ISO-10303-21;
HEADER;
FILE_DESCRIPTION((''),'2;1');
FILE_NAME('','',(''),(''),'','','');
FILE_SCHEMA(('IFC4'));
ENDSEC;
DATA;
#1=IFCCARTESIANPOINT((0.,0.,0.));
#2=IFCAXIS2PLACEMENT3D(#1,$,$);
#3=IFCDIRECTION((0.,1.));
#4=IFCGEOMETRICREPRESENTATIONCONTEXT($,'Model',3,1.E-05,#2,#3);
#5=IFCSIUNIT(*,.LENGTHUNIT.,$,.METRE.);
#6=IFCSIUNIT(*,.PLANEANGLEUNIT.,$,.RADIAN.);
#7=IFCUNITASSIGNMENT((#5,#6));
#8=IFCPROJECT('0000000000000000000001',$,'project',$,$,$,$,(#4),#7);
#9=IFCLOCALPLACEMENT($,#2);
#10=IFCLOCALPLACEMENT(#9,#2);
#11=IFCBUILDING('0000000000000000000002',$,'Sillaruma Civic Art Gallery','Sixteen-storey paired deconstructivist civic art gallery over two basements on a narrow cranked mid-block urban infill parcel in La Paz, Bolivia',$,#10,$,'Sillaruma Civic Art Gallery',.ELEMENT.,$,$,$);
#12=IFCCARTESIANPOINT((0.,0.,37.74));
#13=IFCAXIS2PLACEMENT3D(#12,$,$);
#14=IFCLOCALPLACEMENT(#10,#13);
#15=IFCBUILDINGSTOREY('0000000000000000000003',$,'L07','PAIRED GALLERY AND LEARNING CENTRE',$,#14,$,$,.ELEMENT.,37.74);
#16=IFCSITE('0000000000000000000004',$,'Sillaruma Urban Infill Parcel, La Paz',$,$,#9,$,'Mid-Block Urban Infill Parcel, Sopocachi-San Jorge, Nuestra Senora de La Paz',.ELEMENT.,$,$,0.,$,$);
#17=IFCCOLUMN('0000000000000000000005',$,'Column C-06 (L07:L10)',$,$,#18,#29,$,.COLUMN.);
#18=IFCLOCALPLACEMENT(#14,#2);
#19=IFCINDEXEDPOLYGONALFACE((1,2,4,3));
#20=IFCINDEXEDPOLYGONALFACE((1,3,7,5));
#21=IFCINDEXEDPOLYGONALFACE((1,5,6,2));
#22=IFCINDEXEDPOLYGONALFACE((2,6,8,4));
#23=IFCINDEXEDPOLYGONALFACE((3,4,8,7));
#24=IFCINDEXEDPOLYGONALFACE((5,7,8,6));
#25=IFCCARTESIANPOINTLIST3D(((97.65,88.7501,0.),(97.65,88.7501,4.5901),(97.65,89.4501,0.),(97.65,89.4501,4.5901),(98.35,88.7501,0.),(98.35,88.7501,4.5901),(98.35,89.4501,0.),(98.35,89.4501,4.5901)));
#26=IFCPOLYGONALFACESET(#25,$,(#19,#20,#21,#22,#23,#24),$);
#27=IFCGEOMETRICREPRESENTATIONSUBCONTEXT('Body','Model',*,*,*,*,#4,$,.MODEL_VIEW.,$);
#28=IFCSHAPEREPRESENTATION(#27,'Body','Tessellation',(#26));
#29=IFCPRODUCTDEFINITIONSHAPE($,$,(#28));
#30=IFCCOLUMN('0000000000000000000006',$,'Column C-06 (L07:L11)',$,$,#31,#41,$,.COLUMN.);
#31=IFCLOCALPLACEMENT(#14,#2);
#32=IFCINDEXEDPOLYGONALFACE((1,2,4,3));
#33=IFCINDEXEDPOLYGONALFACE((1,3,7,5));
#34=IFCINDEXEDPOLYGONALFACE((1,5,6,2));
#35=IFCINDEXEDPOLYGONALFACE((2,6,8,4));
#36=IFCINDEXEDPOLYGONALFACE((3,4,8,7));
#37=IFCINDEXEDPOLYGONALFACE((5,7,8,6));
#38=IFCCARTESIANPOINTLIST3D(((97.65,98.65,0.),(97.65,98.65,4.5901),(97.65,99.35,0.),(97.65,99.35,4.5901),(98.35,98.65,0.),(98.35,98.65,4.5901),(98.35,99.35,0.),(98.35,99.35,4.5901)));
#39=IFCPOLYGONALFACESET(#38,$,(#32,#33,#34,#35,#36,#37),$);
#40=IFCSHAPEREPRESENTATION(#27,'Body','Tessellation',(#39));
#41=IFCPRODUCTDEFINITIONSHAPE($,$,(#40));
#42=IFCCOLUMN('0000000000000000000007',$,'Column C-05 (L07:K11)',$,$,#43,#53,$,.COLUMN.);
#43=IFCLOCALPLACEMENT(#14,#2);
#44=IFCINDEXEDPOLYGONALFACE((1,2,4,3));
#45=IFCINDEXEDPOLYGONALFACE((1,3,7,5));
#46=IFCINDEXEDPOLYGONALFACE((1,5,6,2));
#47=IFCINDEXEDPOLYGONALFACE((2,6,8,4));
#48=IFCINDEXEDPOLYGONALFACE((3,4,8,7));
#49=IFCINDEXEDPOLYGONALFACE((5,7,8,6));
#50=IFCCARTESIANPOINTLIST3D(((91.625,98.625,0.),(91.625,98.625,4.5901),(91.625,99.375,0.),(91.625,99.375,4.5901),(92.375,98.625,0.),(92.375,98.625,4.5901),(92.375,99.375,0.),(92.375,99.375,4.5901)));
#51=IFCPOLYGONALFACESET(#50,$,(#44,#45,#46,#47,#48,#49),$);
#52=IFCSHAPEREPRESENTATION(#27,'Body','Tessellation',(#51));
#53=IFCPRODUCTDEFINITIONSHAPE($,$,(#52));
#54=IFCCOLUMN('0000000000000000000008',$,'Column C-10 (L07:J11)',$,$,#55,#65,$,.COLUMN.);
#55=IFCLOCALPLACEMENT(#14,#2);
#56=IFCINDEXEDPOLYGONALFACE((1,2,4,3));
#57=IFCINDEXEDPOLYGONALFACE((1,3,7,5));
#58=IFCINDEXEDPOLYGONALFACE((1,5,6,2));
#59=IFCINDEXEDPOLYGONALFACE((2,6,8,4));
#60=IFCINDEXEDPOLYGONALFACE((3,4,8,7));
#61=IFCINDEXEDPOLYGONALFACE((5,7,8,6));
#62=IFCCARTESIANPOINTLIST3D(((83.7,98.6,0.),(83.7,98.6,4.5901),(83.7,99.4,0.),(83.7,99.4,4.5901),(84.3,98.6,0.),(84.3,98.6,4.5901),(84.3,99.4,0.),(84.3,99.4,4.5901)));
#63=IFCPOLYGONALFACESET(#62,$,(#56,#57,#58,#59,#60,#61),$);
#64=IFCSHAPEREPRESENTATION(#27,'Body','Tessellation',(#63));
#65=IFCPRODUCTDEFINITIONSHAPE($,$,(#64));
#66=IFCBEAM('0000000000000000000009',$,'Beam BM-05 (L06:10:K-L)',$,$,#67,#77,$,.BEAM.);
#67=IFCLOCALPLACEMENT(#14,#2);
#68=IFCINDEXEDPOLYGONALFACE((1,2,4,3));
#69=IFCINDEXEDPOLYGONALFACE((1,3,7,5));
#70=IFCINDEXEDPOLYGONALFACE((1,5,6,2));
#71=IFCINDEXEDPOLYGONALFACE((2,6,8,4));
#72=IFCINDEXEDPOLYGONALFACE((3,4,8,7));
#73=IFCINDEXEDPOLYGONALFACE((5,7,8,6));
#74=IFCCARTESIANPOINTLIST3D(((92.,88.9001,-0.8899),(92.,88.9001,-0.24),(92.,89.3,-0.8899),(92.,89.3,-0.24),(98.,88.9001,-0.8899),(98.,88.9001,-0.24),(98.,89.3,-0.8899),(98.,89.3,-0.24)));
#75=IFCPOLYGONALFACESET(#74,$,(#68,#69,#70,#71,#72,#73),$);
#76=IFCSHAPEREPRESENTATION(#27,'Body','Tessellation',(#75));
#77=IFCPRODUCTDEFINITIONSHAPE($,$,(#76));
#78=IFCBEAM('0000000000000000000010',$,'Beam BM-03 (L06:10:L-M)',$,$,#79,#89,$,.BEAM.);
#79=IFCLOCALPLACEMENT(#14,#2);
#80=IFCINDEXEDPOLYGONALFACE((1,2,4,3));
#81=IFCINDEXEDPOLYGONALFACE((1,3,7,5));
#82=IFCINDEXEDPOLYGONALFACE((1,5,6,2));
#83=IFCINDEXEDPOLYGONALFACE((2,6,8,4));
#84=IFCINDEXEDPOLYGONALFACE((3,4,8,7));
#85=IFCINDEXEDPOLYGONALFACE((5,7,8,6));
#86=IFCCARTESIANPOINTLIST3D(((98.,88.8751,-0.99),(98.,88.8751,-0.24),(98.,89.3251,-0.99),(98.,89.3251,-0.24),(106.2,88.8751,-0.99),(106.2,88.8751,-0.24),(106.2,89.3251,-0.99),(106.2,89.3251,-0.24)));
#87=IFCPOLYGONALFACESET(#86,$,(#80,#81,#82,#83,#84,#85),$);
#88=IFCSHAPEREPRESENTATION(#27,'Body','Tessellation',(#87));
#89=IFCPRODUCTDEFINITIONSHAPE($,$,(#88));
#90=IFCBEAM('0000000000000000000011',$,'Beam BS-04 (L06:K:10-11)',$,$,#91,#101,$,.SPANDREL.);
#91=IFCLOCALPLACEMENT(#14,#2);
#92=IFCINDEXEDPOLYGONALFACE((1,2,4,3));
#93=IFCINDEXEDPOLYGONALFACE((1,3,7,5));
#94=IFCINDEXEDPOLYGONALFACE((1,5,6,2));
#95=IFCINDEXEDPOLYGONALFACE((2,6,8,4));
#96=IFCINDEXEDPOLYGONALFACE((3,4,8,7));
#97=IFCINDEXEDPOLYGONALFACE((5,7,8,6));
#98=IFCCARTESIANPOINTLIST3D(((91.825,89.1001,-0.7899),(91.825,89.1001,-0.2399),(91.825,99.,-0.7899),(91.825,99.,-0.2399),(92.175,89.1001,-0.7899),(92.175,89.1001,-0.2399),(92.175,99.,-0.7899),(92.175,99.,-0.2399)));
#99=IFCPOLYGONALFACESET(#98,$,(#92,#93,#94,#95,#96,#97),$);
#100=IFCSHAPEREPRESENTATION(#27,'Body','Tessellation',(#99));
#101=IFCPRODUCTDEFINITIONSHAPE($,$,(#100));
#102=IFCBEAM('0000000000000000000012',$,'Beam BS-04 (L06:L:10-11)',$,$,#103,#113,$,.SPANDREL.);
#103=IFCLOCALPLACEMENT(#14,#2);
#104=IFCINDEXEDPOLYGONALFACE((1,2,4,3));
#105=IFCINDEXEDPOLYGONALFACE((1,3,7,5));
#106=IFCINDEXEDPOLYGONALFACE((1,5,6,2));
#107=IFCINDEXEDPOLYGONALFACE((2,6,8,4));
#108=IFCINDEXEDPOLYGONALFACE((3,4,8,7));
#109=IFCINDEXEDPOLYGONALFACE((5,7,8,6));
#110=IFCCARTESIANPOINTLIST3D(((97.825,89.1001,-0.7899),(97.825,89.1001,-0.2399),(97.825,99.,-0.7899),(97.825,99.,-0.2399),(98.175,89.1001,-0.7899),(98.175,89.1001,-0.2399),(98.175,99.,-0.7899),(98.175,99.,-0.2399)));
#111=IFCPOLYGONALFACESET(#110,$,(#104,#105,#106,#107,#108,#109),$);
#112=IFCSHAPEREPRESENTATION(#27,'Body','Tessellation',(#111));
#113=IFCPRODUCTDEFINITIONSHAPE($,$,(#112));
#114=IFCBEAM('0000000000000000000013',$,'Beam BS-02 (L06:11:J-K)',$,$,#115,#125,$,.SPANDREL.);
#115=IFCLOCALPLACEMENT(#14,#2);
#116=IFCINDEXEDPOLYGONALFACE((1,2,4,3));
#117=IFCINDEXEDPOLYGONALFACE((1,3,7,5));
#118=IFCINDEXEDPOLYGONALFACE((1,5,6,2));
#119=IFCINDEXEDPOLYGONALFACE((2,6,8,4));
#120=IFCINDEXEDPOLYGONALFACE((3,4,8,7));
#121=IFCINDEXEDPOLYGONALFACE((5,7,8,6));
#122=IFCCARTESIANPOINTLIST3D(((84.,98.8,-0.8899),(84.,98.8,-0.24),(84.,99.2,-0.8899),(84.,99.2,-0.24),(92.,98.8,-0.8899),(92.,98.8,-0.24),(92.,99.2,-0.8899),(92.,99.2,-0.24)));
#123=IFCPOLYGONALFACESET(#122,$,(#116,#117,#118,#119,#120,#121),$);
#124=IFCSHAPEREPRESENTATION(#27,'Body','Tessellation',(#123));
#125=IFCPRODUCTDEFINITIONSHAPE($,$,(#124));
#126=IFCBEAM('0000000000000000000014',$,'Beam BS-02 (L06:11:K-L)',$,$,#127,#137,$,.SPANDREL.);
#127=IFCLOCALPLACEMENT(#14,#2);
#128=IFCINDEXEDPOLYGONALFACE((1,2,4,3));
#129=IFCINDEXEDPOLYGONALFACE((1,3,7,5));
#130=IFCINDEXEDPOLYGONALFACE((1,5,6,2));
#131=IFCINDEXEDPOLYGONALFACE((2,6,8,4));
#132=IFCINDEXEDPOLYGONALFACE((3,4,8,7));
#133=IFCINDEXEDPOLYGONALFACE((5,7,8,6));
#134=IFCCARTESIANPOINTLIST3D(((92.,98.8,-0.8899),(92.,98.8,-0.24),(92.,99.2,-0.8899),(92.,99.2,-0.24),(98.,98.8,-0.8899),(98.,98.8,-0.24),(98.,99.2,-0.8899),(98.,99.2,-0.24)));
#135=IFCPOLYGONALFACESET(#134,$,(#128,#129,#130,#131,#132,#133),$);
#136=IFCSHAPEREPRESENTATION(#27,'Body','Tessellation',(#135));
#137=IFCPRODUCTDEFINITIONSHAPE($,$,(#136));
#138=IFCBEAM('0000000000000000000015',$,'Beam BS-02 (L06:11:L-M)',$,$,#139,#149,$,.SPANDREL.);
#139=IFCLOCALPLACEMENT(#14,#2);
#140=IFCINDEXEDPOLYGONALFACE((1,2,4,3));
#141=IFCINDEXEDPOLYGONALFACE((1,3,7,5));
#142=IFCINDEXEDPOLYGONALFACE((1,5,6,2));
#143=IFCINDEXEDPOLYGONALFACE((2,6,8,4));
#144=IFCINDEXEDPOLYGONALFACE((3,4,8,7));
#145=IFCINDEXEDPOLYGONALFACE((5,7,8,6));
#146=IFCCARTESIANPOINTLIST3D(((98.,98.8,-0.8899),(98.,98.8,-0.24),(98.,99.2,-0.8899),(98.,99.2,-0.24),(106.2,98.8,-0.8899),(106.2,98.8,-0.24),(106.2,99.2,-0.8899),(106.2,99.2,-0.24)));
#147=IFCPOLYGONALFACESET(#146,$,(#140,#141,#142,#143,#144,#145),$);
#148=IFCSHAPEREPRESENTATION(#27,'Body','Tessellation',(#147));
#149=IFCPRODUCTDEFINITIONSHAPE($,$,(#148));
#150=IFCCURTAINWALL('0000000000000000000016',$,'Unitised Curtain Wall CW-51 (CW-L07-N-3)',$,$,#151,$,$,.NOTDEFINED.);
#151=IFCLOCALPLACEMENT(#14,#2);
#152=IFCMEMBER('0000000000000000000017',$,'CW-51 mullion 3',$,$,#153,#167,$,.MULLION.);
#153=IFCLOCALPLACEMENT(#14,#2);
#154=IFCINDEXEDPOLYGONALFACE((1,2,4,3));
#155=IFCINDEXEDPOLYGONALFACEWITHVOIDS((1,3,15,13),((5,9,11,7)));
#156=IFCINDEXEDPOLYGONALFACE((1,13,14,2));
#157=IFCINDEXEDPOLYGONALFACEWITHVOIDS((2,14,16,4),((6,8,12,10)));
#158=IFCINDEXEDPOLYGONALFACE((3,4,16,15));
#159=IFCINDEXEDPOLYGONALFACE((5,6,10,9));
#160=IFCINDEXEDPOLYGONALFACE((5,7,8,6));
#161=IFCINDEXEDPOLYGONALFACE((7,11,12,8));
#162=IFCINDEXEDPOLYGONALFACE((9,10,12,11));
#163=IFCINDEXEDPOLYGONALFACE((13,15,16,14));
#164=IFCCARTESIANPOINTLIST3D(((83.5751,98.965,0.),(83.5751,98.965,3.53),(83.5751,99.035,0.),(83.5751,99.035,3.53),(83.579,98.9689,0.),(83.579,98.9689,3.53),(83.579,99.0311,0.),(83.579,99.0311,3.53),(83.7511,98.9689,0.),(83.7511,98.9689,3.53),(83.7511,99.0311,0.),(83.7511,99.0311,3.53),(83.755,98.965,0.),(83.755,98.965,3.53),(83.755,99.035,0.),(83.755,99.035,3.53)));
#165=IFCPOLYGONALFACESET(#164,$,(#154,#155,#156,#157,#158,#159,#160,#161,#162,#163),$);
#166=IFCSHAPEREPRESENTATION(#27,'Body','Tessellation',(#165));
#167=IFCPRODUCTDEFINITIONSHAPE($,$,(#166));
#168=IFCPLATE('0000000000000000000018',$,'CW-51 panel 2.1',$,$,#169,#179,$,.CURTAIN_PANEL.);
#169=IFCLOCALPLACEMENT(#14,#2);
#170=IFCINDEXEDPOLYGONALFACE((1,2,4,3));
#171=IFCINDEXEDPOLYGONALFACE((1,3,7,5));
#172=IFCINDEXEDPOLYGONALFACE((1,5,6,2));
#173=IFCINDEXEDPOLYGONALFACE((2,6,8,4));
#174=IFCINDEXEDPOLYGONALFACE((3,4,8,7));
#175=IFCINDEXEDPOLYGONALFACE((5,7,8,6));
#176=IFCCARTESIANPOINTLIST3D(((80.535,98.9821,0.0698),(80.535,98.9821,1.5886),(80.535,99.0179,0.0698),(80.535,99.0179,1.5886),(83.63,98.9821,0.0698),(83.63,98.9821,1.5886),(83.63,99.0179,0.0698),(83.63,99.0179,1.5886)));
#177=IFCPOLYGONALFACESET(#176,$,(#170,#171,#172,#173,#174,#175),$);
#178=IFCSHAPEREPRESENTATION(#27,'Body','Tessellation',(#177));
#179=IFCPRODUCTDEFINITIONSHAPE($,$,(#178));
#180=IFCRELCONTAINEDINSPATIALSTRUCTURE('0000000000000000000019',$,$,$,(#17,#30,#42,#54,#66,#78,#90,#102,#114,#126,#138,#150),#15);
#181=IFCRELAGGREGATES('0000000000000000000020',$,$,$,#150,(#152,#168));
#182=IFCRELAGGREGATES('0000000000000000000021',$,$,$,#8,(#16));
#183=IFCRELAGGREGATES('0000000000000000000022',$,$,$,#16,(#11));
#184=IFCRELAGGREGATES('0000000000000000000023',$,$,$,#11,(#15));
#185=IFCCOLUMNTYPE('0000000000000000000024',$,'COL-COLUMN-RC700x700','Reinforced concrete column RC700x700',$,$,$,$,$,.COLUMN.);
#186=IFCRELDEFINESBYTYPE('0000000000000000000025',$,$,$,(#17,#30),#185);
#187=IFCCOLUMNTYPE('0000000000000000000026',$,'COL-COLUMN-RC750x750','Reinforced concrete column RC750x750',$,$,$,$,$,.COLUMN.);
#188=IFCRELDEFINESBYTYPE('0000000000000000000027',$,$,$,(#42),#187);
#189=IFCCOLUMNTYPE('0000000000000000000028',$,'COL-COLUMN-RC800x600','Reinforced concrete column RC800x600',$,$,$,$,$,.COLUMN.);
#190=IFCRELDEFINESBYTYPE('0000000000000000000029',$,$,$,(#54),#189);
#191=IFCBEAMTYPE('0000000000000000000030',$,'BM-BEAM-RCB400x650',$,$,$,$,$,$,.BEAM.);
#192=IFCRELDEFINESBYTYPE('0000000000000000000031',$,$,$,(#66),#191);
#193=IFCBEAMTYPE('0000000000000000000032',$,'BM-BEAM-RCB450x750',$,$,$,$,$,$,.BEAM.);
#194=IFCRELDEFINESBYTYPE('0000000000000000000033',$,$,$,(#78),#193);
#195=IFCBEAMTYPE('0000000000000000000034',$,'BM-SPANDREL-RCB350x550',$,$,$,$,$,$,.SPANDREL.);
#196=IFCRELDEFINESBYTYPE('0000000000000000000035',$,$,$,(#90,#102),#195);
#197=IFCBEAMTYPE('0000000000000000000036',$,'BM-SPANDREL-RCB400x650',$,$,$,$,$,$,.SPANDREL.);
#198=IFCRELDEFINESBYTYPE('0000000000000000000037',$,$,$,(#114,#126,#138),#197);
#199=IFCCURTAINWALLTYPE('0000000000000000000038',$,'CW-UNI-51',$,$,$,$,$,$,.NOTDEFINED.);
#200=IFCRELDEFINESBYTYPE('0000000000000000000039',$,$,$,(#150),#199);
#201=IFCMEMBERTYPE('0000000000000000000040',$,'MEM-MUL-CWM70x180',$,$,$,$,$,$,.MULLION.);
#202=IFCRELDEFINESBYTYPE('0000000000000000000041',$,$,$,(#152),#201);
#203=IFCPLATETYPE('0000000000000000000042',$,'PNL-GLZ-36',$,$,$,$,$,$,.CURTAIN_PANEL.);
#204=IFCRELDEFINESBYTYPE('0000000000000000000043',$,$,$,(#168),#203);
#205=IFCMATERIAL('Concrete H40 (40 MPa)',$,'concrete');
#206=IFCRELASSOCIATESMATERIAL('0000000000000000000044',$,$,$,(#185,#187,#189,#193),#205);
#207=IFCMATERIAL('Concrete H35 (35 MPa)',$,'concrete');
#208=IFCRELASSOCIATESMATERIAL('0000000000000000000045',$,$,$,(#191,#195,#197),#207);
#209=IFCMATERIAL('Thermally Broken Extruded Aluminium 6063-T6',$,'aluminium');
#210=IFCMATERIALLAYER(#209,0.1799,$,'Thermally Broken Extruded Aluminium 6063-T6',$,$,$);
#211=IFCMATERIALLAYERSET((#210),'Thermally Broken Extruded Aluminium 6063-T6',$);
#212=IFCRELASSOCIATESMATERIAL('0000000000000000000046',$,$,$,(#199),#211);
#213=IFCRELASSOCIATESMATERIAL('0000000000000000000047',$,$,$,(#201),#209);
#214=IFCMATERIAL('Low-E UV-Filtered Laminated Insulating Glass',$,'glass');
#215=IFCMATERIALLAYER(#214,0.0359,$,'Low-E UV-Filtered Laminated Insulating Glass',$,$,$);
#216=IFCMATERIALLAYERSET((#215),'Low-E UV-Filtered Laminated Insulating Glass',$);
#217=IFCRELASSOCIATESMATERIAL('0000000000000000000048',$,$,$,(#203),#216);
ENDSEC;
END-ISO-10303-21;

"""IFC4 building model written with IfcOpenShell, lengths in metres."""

from ifc_helpers import new_model, si_unit, direction, frame, origin, origin_2d, place, context, subcontext, project, spatial, rectangle, hollow_rectangle, extrude, material, layer, layer_set, material_profile, profile_set, type_object, element, aggregate, save


model = new_model("IFC4")

# Units and contexts
model_context = context("Model", 3, precision=1e-05, world=origin(), true_north=direction((0.0, 1.0)))
body_context = subcontext(model_context, "Body", "Model", "MODEL_VIEW")
ifc_project = project(units=[si_unit("LENGTHUNIT", "METRE"), si_unit("PLANEANGLEUNIT", "RADIAN")], contexts=[model_context])

# Site, building, storey
site_placement = place(None, origin())
site = spatial("IfcSite", under=ifc_project, at=site_placement, Name="Sillaruma Urban Infill Parcel, La Paz", LongName="Mid-Block Urban Infill Parcel, Sopocachi-San Jorge, Nuestra Senora de La Paz", CompositionType="ELEMENT", RefElevation=0.0)
building_placement = place(site_placement, origin())
building = spatial("IfcBuilding", under=site, at=building_placement, Name="Sillaruma Civic Art Gallery", Description="Sixteen-storey paired deconstructivist civic art gallery over two basements on a narrow cranked mid-block urban infill parcel in La Paz, Bolivia", LongName="Sillaruma Civic Art Gallery", CompositionType="ELEMENT")
storey_placement = place(building_placement, frame((0.0, 0.0, 37.74)))
storey = spatial("IfcBuildingStorey", under=building, at=storey_placement, Name="L07", Description="PAIRED GALLERY AND LEARNING CENTRE", CompositionType="ELEMENT", Elevation=37.74)

# Columns
ifc_material_1 = material(Name="Concrete H40 (40 MPa)", Category="concrete")
ifc_material_profile_1 = material_profile(ifc_material_1, rectangle(XDim=0.7, YDim=0.7, at=origin_2d()), Name="RC700x700")
ifc_profile_set_1 = profile_set([ifc_material_profile_1], Name="Concrete H40 (40 MPa)")
column_type_1 = type_object("IfcColumnType", Name="COL-COLUMN-RC700x700", Description="Reinforced concrete column RC700x700", PredefinedType="COLUMN", material=ifc_profile_set_1)
for number, where, z_axis, x_axis, name in (
    (1, (98.0, 89.1001, 0.0), (0.0, 0.0, 1.0), (1.0, 0.0, 0.0), "Column C-06 (L07:L10)"),
    (2, (98.0, 99.0, 0.0), (0.0, 0.0, 1.0), (1.0, 0.0, 0.0), "Column C-06 (L07:L11)"),
):
    element("IfcColumn", number, at=place(storey_placement, frame(where, z_axis=z_axis, x_axis=x_axis)), inside=storey, type_object=column_type_1, Name=name, PredefinedType="COLUMN", context=body_context, shape_type="SweptSolid", body=[
        extrude(rectangle(XDim=0.7, YDim=0.7, at=origin_2d()), origin(), (0.0, 0.0, 1.0), 4.5901),
    ])
ifc_material_profile_2 = material_profile(ifc_material_1, rectangle(XDim=0.75, YDim=0.75, at=origin_2d()), Name="RC750x750")
ifc_profile_set_2 = profile_set([ifc_material_profile_2], Name="Concrete H40 (40 MPa)")
column_type_2 = type_object("IfcColumnType", Name="COL-COLUMN-RC750x750", Description="Reinforced concrete column RC750x750", PredefinedType="COLUMN", material=ifc_profile_set_2)
column_1_placement = place(storey_placement, frame((92.0, 99.0, 0.0), z_axis=(0.0, 0.0, 1.0), x_axis=(1.0, 0.0, 0.0)))
element("IfcColumn", 3, at=column_1_placement, inside=storey, type_object=column_type_2, Name="Column C-05 (L07:K11)", PredefinedType="COLUMN", context=body_context, shape_type="SweptSolid", body=[
    extrude(rectangle(XDim=0.75, YDim=0.75, at=origin_2d()), origin(), (0.0, 0.0, 1.0), 4.5901),
])
ifc_material_profile_3 = material_profile(ifc_material_1, rectangle(XDim=0.6001, YDim=0.8, at=origin_2d()), Name="RC800x600")
ifc_profile_set_3 = profile_set([ifc_material_profile_3], Name="Concrete H40 (40 MPa)")
column_type_3 = type_object("IfcColumnType", Name="COL-COLUMN-RC800x600", Description="Reinforced concrete column RC800x600", PredefinedType="COLUMN", material=ifc_profile_set_3)
column_2_placement = place(storey_placement, frame((84.0, 99.0, 0.0), z_axis=(0.0, 0.0, 1.0), x_axis=(1.0, 0.0, 0.0)))
element("IfcColumn", 4, at=column_2_placement, inside=storey, type_object=column_type_3, Name="Column C-10 (L07:J11)", PredefinedType="COLUMN", context=body_context, shape_type="SweptSolid", body=[
    extrude(rectangle(XDim=0.6001, YDim=0.8, at=origin_2d()), origin(), (0.0, 0.0, 1.0), 4.5901),
])

# Beams
ifc_material_2 = material(Name="Concrete H35 (35 MPa)", Category="concrete")
ifc_material_profile_4 = material_profile(ifc_material_2, rectangle(XDim=0.3999, YDim=0.6499, at=origin_2d()), Name="RCB400x650")
ifc_profile_set_4 = profile_set([ifc_material_profile_4], Name="Concrete H35 (35 MPa)")
beam_type_1 = type_object("IfcBeamType", Name="BM-BEAM-RCB400x650", PredefinedType="BEAM", material=ifc_profile_set_4)
beam_1_placement = place(storey_placement, frame((92.0, 89.1001, -0.5649), z_axis=(1.0, 0.0, 0.0), x_axis=(0.0, 1.0, 0.0)))
element("IfcBeam", 5, at=beam_1_placement, inside=storey, type_object=beam_type_1, Name="Beam BM-05 (L06:10:K-L)", PredefinedType="BEAM", context=body_context, shape_type="SweptSolid", body=[
    extrude(rectangle(XDim=0.3999, YDim=0.6499, at=origin_2d()), origin(), (0.0, 0.0, 1.0), 6.0),
])
ifc_material_profile_5 = material_profile(ifc_material_1, rectangle(XDim=0.45, YDim=0.75, at=origin_2d()), Name="RCB450x750")
ifc_profile_set_5 = profile_set([ifc_material_profile_5], Name="Concrete H40 (40 MPa)")
beam_type_2 = type_object("IfcBeamType", Name="BM-BEAM-RCB450x750", PredefinedType="BEAM", material=ifc_profile_set_5)
beam_2_placement = place(storey_placement, frame((98.0, 89.1001, -0.615), z_axis=(1.0, 0.0, 0.0), x_axis=(0.0, 1.0, 0.0)))
element("IfcBeam", 6, at=beam_2_placement, inside=storey, type_object=beam_type_2, Name="Beam BM-03 (L06:10:L-M)", PredefinedType="BEAM", context=body_context, shape_type="SweptSolid", body=[
    extrude(rectangle(XDim=0.45, YDim=0.75, at=origin_2d()), origin(), (0.0, 0.0, 1.0), 8.2),
])
ifc_material_profile_6 = material_profile(ifc_material_2, rectangle(XDim=0.3501, YDim=0.55, at=origin_2d()), Name="RCB350x550")
ifc_profile_set_6 = profile_set([ifc_material_profile_6], Name="Concrete H35 (35 MPa)")
beam_type_3 = type_object("IfcBeamType", Name="BM-SPANDREL-RCB350x550", PredefinedType="SPANDREL", material=ifc_profile_set_6)
for number, where, z_axis, x_axis, name in (
    (7, (92.0, 89.1001, -0.5149), (0.0, 1.0, 0.0), (-1.0, 0.0, 0.0), "Beam BS-04 (L06:K:10-11)"),
    (8, (98.0, 89.1001, -0.5149), (0.0, 1.0, 0.0), (-1.0, 0.0, 0.0), "Beam BS-04 (L06:L:10-11)"),
):
    element("IfcBeam", number, at=place(storey_placement, frame(where, z_axis=z_axis, x_axis=x_axis)), inside=storey, type_object=beam_type_3, Name=name, PredefinedType="SPANDREL", context=body_context, shape_type="SweptSolid", body=[
        extrude(rectangle(XDim=0.3501, YDim=0.55, at=origin_2d()), origin(), (0.0, 0.0, 1.0), 9.8999),
    ])
ifc_material_profile_7 = material_profile(ifc_material_2, rectangle(XDim=0.3999, YDim=0.6499, at=origin_2d()), Name="RCB400x650")
ifc_profile_set_7 = profile_set([ifc_material_profile_7], Name="Concrete H35 (35 MPa)")
beam_type_4 = type_object("IfcBeamType", Name="BM-SPANDREL-RCB400x650", PredefinedType="SPANDREL", material=ifc_profile_set_7)
beam_3_placement = place(storey_placement, frame((84.0, 99.0, -0.5649), z_axis=(1.0, 0.0, 0.0), x_axis=(0.0, 1.0, 0.0)))
element("IfcBeam", 9, at=beam_3_placement, inside=storey, type_object=beam_type_4, Name="Beam BS-02 (L06:11:J-K)", PredefinedType="SPANDREL", context=body_context, shape_type="SweptSolid", body=[
    extrude(rectangle(XDim=0.3999, YDim=0.6499, at=origin_2d()), origin(), (0.0, 0.0, 1.0), 8.0),
])
beam_4_placement = place(storey_placement, frame((92.0, 99.0, -0.5649), z_axis=(1.0, 0.0, 0.0), x_axis=(0.0, 1.0, 0.0)))
element("IfcBeam", 10, at=beam_4_placement, inside=storey, type_object=beam_type_4, Name="Beam BS-02 (L06:11:K-L)", PredefinedType="SPANDREL", context=body_context, shape_type="SweptSolid", body=[
    extrude(rectangle(XDim=0.3999, YDim=0.6499, at=origin_2d()), origin(), (0.0, 0.0, 1.0), 6.0),
])
beam_5_placement = place(storey_placement, frame((98.0, 99.0, -0.5649), z_axis=(1.0, 0.0, 0.0), x_axis=(0.0, 1.0, 0.0)))
element("IfcBeam", 11, at=beam_5_placement, inside=storey, type_object=beam_type_4, Name="Beam BS-02 (L06:11:L-M)", PredefinedType="SPANDREL", context=body_context, shape_type="SweptSolid", body=[
    extrude(rectangle(XDim=0.3999, YDim=0.6499, at=origin_2d()), origin(), (0.0, 0.0, 1.0), 8.2),
])

# Curtain wall, member, plate
ifc_material_3 = material(Name="Thermally Broken Extruded Aluminium 6063-T6", Category="aluminium")
ifc_layer_1 = layer(ifc_material_3, 0.1799, Name="Thermally Broken Extruded Aluminium 6063-T6")
ifc_layer_set_1 = layer_set([ifc_layer_1], Name="Thermally Broken Extruded Aluminium 6063-T6")
curtain_wall_type = type_object("IfcCurtainWallType", Name="CW-UNI-51", PredefinedType="NOTDEFINED", material=ifc_layer_set_1)
curtain_wall_placement = place(storey_placement, origin())
curtain_wall = element("IfcCurtainWall", 12, at=curtain_wall_placement, inside=storey, type_object=curtain_wall_type, Name="Unitised Curtain Wall CW-51 (CW-L07-N-3)", PredefinedType="NOTDEFINED")
ifc_material_profile_8 = material_profile(ifc_material_3, hollow_rectangle(XDim=0.0701, YDim=0.1799, WallThickness=0.0039, at=origin_2d()), Name="CWM70x180")
ifc_profile_set_8 = profile_set([ifc_material_profile_8], Name="Thermally Broken Extruded Aluminium 6063-T6")
member_type = type_object("IfcMemberType", Name="MEM-MUL-CWM70x180", PredefinedType="MULLION", material=ifc_profile_set_8)
member_placement = place(storey_placement, frame((83.665, 99.0, 0.0), z_axis=(0.0, 0.0, 1.0), x_axis=(0.0, 1.0, 0.0)))
member = element("IfcMember", 13, at=member_placement, type_object=member_type, Name="CW-51 mullion 3", PredefinedType="MULLION", context=body_context, shape_type="SweptSolid", body=[
    extrude(hollow_rectangle(XDim=0.0701, YDim=0.1799, WallThickness=0.0039, at=origin_2d()), origin(), (0.0, 0.0, 1.0), 3.53),
])
ifc_material_4 = material(Name="Low-E UV-Filtered Laminated Insulating Glass", Category="glass")
ifc_layer_2 = layer(ifc_material_4, 0.0359, Name="Low-E UV-Filtered Laminated Insulating Glass")
ifc_layer_set_2 = layer_set([ifc_layer_2], Name="Low-E UV-Filtered Laminated Insulating Glass")
plate_type = type_object("IfcPlateType", Name="PNL-GLZ-36", PredefinedType="CURTAIN_PANEL", material=ifc_layer_set_2)
plate_1_placement = place(storey_placement, frame((82.0825, 99.0, 0.0698), z_axis=(0.0, 0.0, 1.0), x_axis=(1.0, 0.0, 0.0)))
plate_1 = element("IfcPlate", 14, at=plate_1_placement, type_object=plate_type, Name="CW-51 panel 2.1", PredefinedType="CURTAIN_PANEL", context=body_context, shape_type="SweptSolid", body=[
    extrude(rectangle(XDim=3.095, YDim=0.0359, at=origin_2d()), origin(), (0.0, 0.0, 1.0), 1.5188),
])
aggregate(curtain_wall, [member, plate_1])

save(model, "model.ifc")
